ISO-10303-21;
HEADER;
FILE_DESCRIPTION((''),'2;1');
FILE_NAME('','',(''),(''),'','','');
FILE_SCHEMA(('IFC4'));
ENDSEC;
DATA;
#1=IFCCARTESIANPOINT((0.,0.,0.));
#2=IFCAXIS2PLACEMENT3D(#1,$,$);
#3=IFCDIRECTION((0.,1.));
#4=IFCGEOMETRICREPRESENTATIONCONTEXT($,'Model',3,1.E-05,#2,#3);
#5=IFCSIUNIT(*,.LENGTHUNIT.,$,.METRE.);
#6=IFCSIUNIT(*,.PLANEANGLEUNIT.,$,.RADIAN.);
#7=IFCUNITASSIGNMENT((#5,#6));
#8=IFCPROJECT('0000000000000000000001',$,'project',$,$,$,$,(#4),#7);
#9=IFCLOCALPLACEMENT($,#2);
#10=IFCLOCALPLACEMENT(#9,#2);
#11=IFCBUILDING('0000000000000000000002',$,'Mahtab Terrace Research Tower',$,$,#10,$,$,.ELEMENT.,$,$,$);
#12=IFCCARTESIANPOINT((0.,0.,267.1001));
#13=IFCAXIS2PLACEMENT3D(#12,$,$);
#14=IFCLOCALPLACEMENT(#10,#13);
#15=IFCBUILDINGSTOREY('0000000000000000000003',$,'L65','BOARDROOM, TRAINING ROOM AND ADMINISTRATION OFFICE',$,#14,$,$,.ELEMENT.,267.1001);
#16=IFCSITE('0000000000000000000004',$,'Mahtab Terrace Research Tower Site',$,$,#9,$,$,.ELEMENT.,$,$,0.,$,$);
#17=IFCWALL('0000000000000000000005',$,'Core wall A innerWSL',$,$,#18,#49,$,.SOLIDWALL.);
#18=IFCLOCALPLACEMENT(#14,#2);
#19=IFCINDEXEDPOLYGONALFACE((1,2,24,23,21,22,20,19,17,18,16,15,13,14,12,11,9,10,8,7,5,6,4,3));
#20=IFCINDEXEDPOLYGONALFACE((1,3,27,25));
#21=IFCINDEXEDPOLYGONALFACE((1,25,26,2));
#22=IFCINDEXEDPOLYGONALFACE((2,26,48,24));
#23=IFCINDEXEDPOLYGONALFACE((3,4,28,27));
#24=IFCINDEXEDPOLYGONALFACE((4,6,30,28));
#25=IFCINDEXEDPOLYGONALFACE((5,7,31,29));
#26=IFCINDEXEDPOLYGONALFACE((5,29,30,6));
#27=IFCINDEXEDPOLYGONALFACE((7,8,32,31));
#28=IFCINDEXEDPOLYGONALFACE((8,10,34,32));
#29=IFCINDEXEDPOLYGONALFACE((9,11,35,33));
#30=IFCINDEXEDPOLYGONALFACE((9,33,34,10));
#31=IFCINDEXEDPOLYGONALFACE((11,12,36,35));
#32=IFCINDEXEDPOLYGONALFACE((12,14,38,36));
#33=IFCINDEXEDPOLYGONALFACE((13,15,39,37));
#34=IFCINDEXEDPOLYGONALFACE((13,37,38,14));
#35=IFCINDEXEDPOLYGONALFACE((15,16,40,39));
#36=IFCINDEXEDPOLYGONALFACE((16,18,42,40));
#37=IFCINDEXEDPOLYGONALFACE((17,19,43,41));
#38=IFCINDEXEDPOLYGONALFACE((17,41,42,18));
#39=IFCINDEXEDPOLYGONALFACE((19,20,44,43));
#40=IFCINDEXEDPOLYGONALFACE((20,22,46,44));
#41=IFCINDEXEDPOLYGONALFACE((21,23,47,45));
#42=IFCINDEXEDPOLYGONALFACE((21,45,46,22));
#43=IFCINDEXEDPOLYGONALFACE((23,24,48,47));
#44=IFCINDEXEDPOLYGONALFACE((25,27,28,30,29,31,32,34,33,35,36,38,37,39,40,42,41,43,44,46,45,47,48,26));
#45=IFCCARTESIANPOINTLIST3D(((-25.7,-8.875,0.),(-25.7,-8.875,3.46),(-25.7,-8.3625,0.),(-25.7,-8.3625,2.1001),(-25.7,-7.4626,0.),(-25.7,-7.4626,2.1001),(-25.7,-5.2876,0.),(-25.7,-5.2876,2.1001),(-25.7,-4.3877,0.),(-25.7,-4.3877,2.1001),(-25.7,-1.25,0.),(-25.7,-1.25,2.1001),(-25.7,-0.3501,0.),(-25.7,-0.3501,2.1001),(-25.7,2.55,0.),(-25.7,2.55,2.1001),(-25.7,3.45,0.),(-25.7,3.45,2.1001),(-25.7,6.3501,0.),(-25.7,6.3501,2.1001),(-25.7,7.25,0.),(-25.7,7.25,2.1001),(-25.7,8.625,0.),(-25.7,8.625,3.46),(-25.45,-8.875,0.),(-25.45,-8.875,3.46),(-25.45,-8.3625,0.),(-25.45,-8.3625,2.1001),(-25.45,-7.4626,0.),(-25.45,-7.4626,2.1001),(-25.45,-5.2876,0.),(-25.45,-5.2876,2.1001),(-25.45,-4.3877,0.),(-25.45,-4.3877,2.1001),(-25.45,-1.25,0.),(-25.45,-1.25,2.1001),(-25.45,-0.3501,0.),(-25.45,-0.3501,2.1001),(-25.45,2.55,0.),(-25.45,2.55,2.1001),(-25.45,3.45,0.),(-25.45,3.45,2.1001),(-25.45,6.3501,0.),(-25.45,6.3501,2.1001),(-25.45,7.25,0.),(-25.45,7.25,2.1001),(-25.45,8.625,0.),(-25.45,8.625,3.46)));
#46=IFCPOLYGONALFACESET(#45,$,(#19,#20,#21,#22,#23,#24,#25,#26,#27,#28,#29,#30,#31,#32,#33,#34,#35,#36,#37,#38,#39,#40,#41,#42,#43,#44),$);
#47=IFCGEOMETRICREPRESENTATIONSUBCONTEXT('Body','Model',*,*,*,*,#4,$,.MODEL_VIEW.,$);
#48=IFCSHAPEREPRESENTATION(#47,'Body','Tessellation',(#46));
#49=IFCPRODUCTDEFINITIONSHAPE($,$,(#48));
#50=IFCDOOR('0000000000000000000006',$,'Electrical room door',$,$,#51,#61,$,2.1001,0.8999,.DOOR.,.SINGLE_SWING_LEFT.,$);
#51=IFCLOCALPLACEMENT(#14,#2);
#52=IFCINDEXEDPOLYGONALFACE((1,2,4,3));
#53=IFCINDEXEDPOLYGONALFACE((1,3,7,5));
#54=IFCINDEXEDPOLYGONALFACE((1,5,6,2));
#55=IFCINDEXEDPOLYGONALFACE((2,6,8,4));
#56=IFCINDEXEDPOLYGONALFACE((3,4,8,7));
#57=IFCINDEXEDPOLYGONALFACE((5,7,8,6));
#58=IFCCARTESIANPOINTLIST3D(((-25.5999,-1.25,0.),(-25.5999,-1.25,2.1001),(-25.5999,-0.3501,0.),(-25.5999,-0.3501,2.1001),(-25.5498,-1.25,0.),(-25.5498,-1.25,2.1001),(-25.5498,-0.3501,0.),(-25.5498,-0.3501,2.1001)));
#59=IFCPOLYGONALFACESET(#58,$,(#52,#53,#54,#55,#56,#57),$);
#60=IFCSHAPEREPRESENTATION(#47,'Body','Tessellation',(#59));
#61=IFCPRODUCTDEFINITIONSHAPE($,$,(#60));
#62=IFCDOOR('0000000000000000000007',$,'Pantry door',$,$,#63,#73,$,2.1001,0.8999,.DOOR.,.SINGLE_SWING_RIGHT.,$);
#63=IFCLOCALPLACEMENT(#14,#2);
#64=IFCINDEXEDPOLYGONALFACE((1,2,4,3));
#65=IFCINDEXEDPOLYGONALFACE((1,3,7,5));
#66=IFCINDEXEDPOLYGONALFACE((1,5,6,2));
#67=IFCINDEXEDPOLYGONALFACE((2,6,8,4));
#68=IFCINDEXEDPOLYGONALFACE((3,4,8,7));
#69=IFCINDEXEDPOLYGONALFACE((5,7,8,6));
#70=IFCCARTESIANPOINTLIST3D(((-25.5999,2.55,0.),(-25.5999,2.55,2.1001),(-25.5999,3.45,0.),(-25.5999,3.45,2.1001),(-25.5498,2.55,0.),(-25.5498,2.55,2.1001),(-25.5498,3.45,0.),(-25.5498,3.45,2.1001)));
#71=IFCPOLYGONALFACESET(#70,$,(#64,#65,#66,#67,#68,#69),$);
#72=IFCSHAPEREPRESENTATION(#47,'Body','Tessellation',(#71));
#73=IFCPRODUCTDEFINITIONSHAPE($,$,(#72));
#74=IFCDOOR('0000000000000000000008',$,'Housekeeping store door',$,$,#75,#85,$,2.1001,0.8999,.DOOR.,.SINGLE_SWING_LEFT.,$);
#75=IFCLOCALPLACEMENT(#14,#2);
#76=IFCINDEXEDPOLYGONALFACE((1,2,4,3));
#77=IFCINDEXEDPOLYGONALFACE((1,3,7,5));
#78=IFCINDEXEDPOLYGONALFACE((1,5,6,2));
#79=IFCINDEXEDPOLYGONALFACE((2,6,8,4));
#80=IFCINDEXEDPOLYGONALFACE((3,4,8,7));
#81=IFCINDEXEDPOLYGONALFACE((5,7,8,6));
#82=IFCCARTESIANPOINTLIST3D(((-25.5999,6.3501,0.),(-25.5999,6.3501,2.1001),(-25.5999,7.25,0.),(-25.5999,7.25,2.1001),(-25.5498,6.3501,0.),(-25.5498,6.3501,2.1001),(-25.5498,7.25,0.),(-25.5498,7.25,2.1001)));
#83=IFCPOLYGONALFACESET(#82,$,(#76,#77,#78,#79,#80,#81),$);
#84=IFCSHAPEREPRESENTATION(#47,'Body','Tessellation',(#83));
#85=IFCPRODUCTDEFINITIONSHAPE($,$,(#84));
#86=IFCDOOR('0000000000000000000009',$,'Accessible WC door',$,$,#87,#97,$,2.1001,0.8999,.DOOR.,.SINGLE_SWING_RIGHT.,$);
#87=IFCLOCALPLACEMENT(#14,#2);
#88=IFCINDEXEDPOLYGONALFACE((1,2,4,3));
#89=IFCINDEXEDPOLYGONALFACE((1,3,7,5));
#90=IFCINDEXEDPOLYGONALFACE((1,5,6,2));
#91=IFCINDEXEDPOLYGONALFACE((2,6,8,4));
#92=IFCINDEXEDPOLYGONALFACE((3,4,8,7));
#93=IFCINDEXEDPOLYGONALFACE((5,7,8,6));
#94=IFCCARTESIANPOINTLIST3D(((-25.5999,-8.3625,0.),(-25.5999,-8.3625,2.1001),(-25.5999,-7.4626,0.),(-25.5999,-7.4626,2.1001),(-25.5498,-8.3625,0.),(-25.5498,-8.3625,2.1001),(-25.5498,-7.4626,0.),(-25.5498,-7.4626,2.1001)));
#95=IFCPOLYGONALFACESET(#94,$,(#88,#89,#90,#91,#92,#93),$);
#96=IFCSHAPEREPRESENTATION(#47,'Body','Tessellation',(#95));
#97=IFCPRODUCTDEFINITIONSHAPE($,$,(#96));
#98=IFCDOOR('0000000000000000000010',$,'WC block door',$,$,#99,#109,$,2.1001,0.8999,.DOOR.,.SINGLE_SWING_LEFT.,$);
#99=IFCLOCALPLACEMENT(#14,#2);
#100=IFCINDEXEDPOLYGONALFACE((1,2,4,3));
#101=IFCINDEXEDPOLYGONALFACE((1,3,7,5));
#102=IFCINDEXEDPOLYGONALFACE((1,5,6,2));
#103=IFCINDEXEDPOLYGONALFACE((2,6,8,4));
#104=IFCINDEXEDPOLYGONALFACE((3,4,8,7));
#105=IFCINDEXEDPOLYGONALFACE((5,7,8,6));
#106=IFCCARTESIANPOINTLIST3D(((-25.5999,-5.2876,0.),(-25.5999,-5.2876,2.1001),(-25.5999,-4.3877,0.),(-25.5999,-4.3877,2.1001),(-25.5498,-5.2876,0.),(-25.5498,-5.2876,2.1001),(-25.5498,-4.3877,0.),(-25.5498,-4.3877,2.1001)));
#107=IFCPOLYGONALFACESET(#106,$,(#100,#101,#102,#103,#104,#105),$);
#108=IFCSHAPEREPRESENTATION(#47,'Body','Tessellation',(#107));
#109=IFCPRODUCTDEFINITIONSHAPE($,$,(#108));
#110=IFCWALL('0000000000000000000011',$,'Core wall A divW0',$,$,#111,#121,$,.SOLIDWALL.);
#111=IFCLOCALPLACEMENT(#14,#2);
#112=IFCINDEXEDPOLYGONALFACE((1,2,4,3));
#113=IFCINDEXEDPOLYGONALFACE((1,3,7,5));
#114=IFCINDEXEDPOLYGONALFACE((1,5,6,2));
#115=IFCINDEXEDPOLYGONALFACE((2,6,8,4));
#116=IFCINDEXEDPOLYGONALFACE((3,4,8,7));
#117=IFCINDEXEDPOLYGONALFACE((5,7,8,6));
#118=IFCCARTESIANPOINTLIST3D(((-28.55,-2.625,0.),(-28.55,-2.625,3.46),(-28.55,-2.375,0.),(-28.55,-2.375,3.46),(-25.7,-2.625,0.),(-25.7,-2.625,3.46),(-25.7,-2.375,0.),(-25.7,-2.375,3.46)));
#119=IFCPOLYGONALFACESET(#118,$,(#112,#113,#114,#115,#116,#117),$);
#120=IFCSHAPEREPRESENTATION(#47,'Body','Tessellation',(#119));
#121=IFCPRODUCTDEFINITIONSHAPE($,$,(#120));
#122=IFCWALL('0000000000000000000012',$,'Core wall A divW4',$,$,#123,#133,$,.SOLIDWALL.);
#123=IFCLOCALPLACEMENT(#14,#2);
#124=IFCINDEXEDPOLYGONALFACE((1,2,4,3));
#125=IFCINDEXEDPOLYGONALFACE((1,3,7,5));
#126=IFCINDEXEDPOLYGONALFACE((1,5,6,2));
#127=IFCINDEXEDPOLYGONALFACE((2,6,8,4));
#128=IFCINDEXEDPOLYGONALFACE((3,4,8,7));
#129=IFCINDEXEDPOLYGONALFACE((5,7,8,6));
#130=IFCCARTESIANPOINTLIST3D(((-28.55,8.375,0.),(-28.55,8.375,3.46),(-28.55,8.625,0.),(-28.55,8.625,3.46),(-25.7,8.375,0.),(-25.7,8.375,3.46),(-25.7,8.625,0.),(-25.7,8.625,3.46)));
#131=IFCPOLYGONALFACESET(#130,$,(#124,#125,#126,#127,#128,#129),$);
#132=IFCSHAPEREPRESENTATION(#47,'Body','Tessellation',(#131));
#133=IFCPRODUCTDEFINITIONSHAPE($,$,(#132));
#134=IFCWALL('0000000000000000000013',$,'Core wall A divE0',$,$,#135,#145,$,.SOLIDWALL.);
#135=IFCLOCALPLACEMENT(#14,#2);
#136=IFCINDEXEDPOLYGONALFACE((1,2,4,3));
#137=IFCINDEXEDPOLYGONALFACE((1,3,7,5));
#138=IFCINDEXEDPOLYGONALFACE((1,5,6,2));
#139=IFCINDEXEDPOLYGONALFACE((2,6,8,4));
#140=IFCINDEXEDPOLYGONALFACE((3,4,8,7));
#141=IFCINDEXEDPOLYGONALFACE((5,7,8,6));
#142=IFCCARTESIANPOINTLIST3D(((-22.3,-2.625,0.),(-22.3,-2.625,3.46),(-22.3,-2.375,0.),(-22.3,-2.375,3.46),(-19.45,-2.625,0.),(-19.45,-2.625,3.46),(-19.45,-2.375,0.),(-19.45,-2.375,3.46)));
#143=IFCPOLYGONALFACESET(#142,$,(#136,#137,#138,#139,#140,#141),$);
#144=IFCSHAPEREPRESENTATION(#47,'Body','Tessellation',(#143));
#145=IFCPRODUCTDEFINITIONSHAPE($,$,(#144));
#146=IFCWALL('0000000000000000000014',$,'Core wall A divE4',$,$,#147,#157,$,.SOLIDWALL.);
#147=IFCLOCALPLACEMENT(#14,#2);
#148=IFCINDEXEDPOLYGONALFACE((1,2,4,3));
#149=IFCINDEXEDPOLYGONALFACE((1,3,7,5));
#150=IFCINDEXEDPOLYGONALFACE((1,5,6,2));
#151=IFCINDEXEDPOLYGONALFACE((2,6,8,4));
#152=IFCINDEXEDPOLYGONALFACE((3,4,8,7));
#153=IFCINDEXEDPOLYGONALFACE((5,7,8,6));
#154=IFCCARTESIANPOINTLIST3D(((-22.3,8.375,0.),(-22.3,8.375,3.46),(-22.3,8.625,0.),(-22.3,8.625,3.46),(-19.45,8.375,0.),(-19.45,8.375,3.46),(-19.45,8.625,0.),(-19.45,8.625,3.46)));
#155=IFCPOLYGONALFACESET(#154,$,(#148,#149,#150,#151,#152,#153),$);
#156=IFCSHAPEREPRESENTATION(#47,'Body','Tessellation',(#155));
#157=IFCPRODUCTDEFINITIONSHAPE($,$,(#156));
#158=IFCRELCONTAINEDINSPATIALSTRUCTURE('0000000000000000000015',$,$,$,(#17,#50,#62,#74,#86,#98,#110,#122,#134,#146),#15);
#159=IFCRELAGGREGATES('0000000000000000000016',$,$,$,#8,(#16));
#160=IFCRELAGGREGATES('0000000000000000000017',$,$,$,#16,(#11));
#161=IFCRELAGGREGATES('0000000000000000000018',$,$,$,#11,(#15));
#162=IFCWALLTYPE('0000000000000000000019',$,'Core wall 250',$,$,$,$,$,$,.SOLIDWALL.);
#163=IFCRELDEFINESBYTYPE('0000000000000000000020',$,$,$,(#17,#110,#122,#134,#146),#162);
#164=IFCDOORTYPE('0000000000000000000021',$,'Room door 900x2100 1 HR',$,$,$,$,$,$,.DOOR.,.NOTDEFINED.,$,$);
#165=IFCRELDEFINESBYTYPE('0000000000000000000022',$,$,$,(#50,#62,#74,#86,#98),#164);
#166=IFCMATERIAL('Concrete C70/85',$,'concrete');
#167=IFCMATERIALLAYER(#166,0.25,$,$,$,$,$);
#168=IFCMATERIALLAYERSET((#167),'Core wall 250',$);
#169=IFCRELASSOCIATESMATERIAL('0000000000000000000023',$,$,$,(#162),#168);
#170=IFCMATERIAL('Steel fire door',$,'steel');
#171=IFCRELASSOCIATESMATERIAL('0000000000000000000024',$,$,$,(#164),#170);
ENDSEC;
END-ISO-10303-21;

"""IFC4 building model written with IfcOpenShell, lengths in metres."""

from ifc_helpers import new_model, si_unit, direction, frame, frame_2d, origin, place, context, subcontext, project, spatial, rectangle, extrude, material, layer, layer_set, type_object, element, fill, save


model = new_model("IFC4")

# Units and contexts
model_context = context("Model", 3, precision=1e-05, world=origin(), true_north=direction((0.0, 1.0)))
body_context = subcontext(model_context, "Body", "Model", "MODEL_VIEW")
ifc_project = project(units=[si_unit("LENGTHUNIT", "METRE"), si_unit("PLANEANGLEUNIT", "RADIAN")], contexts=[model_context])

# Site, building, storey
site_placement = place(None, origin())
site = spatial("IfcSite", under=ifc_project, at=site_placement, Name="Mahtab Terrace Research Tower Site", CompositionType="ELEMENT", RefElevation=0.0)
building_placement = place(site_placement, origin())
building = spatial("IfcBuilding", under=site, at=building_placement, Name="Mahtab Terrace Research Tower", CompositionType="ELEMENT")
storey_placement = place(building_placement, frame((0.0, 0.0, 267.1001)))
storey = spatial("IfcBuildingStorey", under=building, at=storey_placement, Name="L65", Description="BOARDROOM, TRAINING ROOM AND ADMINISTRATION OFFICE", CompositionType="ELEMENT", Elevation=267.1001)

# Shared definitions
ifc_material_1 = material(Name="Concrete C70/85", Category="concrete")

# Shared definitions
ifc_layer_1 = layer(ifc_material_1, 0.25)
ifc_layer_set_1 = layer_set([ifc_layer_1], Name="Core wall 250")
wall_type_1 = type_object("IfcWallType", Name="Core wall 250", PredefinedType="SOLIDWALL", material=ifc_layer_set_1)

# Shared definitions
ifc_material_2 = material(Name="Steel fire door", Category="steel")

# Wall, openings, doors
wall_1_placement = place(storey_placement, frame((-25.575, -8.875, 0.0), z_axis=(0.0, 0.0, 1.0), x_axis=(0.0, 1.0, 0.0)))
wall_1 = element("IfcWall", 1, at=wall_1_placement, inside=storey, type_object=wall_type_1, Name="Core wall A innerWSL", PredefinedType="SOLIDWALL", context=body_context, shape_type="SweptSolid", body=[
    extrude(rectangle(XDim=17.5, YDim=0.25, at=frame_2d((8.75, 0.0))), origin(), (0.0, 0.0, 1.0), 3.46),
])
opening_1_placement = place(wall_1_placement, frame((7.625, 0.0, 0.0)))
opening_1 = element("IfcOpeningElement", 2, at=opening_1_placement, cuts=wall_1, PredefinedType="OPENING", context=body_context, shape_type="SweptSolid", body=[
    extrude(rectangle(XDim=0.8999, YDim=2.1001, at=frame_2d((0.45, 1.05))), frame((0.0, 0.135, 0.0), z_axis=(0.0, -1.0, 0.0), x_axis=(1.0, 0.0, 0.0)), (0.0, 0.0, 1.0), 0.27),
])
opening_2_placement = place(wall_1_placement, frame((11.425, 0.0, 0.0)))
opening_2 = element("IfcOpeningElement", 3, at=opening_2_placement, cuts=wall_1, PredefinedType="OPENING", context=body_context, shape_type="SweptSolid", body=[
    extrude(rectangle(XDim=0.8999, YDim=2.1001, at=frame_2d((0.45, 1.05))), frame((0.0, 0.135, 0.0), z_axis=(0.0, -1.0, 0.0), x_axis=(1.0, 0.0, 0.0)), (0.0, 0.0, 1.0), 0.27),
])
opening_3_placement = place(wall_1_placement, frame((15.2251, 0.0, 0.0)))
opening_3 = element("IfcOpeningElement", 4, at=opening_3_placement, cuts=wall_1, PredefinedType="OPENING", context=body_context, shape_type="SweptSolid", body=[
    extrude(rectangle(XDim=0.8999, YDim=2.1001, at=frame_2d((0.45, 1.05))), frame((0.0, 0.135, 0.0), z_axis=(0.0, -1.0, 0.0), x_axis=(1.0, 0.0, 0.0)), (0.0, 0.0, 1.0), 0.27),
])
opening_4_placement = place(wall_1_placement, frame((0.5125, 0.0, 0.0)))
opening_4 = element("IfcOpeningElement", 5, at=opening_4_placement, cuts=wall_1, PredefinedType="OPENING", context=body_context, shape_type="SweptSolid", body=[
    extrude(rectangle(XDim=0.8999, YDim=2.1001, at=frame_2d((0.45, 1.05))), frame((0.0, 0.135, 0.0), z_axis=(0.0, -1.0, 0.0), x_axis=(1.0, 0.0, 0.0)), (0.0, 0.0, 1.0), 0.27),
])
opening_5_placement = place(wall_1_placement, frame((3.5874, 0.0, 0.0)))
opening_5 = element("IfcOpeningElement", 6, at=opening_5_placement, cuts=wall_1, PredefinedType="OPENING", context=body_context, shape_type="SweptSolid", body=[
    extrude(rectangle(XDim=0.8999, YDim=2.1001, at=frame_2d((0.45, 1.05))), frame((0.0, 0.135, 0.0), z_axis=(0.0, -1.0, 0.0), x_axis=(1.0, 0.0, 0.0)), (0.0, 0.0, 1.0), 0.27),
])
door_type_1 = type_object("IfcDoorType", Name="Room door 900x2100 1 HR", OperationType="NOTDEFINED", PredefinedType="DOOR", material=ifc_material_2)
door_1_placement = place(opening_1_placement, origin())
door_1 = element("IfcDoor", 7, at=door_1_placement, inside=storey, type_object=door_type_1, Name="Electrical room door", OperationType="SINGLE_SWING_LEFT", OverallHeight=2.1001, OverallWidth=0.8999, PredefinedType="DOOR", context=body_context, shape_type="SweptSolid", body=[
    extrude(rectangle(XDim=0.8999, YDim=2.1001, at=frame_2d((0.45, 1.05))), frame((0.0, 0.0249, 0.0), z_axis=(0.0, -1.0, 0.0), x_axis=(1.0, 0.0, 0.0)), (0.0, 0.0, 1.0), 0.05),
])
fill(opening_1, door_1)
door_2_placement = place(opening_2_placement, origin())
door_2 = element("IfcDoor", 8, at=door_2_placement, inside=storey, type_object=door_type_1, Name="Pantry door", OperationType="SINGLE_SWING_RIGHT", OverallHeight=2.1001, OverallWidth=0.8999, PredefinedType="DOOR", context=body_context, shape_type="SweptSolid", body=[
    extrude(rectangle(XDim=0.8999, YDim=2.1001, at=frame_2d((0.45, 1.05))), frame((0.0, 0.0249, 0.0), z_axis=(0.0, -1.0, 0.0), x_axis=(1.0, 0.0, 0.0)), (0.0, 0.0, 1.0), 0.05),
])
fill(opening_2, door_2)
door_3_placement = place(opening_3_placement, origin())
door_3 = element("IfcDoor", 9, at=door_3_placement, inside=storey, type_object=door_type_1, Name="Housekeeping store door", OperationType="SINGLE_SWING_LEFT", OverallHeight=2.1001, OverallWidth=0.8999, PredefinedType="DOOR", context=body_context, shape_type="SweptSolid", body=[
    extrude(rectangle(XDim=0.8999, YDim=2.1001, at=frame_2d((0.45, 1.05))), frame((0.0, 0.0249, 0.0), z_axis=(0.0, -1.0, 0.0), x_axis=(1.0, 0.0, 0.0)), (0.0, 0.0, 1.0), 0.05),
])
fill(opening_3, door_3)
door_4_placement = place(opening_4_placement, origin())
door_4 = element("IfcDoor", 10, at=door_4_placement, inside=storey, type_object=door_type_1, Name="Accessible WC door", OperationType="SINGLE_SWING_RIGHT", OverallHeight=2.1001, OverallWidth=0.8999, PredefinedType="DOOR", context=body_context, shape_type="SweptSolid", body=[
    extrude(rectangle(XDim=0.8999, YDim=2.1001, at=frame_2d((0.45, 1.05))), frame((0.0, 0.0249, 0.0), z_axis=(0.0, -1.0, 0.0), x_axis=(1.0, 0.0, 0.0)), (0.0, 0.0, 1.0), 0.05),
])
fill(opening_4, door_4)
door_5_placement = place(opening_5_placement, origin())
door_5 = element("IfcDoor", 11, at=door_5_placement, inside=storey, type_object=door_type_1, Name="WC block door", OperationType="SINGLE_SWING_LEFT", OverallHeight=2.1001, OverallWidth=0.8999, PredefinedType="DOOR", context=body_context, shape_type="SweptSolid", body=[
    extrude(rectangle(XDim=0.8999, YDim=2.1001, at=frame_2d((0.45, 1.05))), frame((0.0, 0.0249, 0.0), z_axis=(0.0, -1.0, 0.0), x_axis=(1.0, 0.0, 0.0)), (0.0, 0.0, 1.0), 0.05),
])
fill(opening_5, door_5)

# Walls
for number, where, z_axis, x_axis, name in (
    (12, (-28.55, -2.5, 0.0), (0.0, 0.0, 1.0), (1.0, 0.0, 0.0), "Core wall A divW0"),
    (13, (-28.55, 8.5, 0.0), (0.0, 0.0, 1.0), (1.0, 0.0, 0.0), "Core wall A divW4"),
    (14, (-22.3, -2.5, 0.0), (0.0, 0.0, 1.0), (1.0, 0.0, 0.0), "Core wall A divE0"),
    (15, (-22.3, 8.5, 0.0), (0.0, 0.0, 1.0), (1.0, 0.0, 0.0), "Core wall A divE4"),
):
    element("IfcWall", number, at=place(storey_placement, frame(where, z_axis=z_axis, x_axis=x_axis)), inside=storey, type_object=wall_type_1, Name=name, PredefinedType="SOLIDWALL", context=body_context, shape_type="SweptSolid", body=[
        extrude(rectangle(XDim=2.8501, YDim=0.25, at=frame_2d((1.425, 0.0))), origin(), (0.0, 0.0, 1.0), 3.46),
    ])

save(model, "model.ifc")
